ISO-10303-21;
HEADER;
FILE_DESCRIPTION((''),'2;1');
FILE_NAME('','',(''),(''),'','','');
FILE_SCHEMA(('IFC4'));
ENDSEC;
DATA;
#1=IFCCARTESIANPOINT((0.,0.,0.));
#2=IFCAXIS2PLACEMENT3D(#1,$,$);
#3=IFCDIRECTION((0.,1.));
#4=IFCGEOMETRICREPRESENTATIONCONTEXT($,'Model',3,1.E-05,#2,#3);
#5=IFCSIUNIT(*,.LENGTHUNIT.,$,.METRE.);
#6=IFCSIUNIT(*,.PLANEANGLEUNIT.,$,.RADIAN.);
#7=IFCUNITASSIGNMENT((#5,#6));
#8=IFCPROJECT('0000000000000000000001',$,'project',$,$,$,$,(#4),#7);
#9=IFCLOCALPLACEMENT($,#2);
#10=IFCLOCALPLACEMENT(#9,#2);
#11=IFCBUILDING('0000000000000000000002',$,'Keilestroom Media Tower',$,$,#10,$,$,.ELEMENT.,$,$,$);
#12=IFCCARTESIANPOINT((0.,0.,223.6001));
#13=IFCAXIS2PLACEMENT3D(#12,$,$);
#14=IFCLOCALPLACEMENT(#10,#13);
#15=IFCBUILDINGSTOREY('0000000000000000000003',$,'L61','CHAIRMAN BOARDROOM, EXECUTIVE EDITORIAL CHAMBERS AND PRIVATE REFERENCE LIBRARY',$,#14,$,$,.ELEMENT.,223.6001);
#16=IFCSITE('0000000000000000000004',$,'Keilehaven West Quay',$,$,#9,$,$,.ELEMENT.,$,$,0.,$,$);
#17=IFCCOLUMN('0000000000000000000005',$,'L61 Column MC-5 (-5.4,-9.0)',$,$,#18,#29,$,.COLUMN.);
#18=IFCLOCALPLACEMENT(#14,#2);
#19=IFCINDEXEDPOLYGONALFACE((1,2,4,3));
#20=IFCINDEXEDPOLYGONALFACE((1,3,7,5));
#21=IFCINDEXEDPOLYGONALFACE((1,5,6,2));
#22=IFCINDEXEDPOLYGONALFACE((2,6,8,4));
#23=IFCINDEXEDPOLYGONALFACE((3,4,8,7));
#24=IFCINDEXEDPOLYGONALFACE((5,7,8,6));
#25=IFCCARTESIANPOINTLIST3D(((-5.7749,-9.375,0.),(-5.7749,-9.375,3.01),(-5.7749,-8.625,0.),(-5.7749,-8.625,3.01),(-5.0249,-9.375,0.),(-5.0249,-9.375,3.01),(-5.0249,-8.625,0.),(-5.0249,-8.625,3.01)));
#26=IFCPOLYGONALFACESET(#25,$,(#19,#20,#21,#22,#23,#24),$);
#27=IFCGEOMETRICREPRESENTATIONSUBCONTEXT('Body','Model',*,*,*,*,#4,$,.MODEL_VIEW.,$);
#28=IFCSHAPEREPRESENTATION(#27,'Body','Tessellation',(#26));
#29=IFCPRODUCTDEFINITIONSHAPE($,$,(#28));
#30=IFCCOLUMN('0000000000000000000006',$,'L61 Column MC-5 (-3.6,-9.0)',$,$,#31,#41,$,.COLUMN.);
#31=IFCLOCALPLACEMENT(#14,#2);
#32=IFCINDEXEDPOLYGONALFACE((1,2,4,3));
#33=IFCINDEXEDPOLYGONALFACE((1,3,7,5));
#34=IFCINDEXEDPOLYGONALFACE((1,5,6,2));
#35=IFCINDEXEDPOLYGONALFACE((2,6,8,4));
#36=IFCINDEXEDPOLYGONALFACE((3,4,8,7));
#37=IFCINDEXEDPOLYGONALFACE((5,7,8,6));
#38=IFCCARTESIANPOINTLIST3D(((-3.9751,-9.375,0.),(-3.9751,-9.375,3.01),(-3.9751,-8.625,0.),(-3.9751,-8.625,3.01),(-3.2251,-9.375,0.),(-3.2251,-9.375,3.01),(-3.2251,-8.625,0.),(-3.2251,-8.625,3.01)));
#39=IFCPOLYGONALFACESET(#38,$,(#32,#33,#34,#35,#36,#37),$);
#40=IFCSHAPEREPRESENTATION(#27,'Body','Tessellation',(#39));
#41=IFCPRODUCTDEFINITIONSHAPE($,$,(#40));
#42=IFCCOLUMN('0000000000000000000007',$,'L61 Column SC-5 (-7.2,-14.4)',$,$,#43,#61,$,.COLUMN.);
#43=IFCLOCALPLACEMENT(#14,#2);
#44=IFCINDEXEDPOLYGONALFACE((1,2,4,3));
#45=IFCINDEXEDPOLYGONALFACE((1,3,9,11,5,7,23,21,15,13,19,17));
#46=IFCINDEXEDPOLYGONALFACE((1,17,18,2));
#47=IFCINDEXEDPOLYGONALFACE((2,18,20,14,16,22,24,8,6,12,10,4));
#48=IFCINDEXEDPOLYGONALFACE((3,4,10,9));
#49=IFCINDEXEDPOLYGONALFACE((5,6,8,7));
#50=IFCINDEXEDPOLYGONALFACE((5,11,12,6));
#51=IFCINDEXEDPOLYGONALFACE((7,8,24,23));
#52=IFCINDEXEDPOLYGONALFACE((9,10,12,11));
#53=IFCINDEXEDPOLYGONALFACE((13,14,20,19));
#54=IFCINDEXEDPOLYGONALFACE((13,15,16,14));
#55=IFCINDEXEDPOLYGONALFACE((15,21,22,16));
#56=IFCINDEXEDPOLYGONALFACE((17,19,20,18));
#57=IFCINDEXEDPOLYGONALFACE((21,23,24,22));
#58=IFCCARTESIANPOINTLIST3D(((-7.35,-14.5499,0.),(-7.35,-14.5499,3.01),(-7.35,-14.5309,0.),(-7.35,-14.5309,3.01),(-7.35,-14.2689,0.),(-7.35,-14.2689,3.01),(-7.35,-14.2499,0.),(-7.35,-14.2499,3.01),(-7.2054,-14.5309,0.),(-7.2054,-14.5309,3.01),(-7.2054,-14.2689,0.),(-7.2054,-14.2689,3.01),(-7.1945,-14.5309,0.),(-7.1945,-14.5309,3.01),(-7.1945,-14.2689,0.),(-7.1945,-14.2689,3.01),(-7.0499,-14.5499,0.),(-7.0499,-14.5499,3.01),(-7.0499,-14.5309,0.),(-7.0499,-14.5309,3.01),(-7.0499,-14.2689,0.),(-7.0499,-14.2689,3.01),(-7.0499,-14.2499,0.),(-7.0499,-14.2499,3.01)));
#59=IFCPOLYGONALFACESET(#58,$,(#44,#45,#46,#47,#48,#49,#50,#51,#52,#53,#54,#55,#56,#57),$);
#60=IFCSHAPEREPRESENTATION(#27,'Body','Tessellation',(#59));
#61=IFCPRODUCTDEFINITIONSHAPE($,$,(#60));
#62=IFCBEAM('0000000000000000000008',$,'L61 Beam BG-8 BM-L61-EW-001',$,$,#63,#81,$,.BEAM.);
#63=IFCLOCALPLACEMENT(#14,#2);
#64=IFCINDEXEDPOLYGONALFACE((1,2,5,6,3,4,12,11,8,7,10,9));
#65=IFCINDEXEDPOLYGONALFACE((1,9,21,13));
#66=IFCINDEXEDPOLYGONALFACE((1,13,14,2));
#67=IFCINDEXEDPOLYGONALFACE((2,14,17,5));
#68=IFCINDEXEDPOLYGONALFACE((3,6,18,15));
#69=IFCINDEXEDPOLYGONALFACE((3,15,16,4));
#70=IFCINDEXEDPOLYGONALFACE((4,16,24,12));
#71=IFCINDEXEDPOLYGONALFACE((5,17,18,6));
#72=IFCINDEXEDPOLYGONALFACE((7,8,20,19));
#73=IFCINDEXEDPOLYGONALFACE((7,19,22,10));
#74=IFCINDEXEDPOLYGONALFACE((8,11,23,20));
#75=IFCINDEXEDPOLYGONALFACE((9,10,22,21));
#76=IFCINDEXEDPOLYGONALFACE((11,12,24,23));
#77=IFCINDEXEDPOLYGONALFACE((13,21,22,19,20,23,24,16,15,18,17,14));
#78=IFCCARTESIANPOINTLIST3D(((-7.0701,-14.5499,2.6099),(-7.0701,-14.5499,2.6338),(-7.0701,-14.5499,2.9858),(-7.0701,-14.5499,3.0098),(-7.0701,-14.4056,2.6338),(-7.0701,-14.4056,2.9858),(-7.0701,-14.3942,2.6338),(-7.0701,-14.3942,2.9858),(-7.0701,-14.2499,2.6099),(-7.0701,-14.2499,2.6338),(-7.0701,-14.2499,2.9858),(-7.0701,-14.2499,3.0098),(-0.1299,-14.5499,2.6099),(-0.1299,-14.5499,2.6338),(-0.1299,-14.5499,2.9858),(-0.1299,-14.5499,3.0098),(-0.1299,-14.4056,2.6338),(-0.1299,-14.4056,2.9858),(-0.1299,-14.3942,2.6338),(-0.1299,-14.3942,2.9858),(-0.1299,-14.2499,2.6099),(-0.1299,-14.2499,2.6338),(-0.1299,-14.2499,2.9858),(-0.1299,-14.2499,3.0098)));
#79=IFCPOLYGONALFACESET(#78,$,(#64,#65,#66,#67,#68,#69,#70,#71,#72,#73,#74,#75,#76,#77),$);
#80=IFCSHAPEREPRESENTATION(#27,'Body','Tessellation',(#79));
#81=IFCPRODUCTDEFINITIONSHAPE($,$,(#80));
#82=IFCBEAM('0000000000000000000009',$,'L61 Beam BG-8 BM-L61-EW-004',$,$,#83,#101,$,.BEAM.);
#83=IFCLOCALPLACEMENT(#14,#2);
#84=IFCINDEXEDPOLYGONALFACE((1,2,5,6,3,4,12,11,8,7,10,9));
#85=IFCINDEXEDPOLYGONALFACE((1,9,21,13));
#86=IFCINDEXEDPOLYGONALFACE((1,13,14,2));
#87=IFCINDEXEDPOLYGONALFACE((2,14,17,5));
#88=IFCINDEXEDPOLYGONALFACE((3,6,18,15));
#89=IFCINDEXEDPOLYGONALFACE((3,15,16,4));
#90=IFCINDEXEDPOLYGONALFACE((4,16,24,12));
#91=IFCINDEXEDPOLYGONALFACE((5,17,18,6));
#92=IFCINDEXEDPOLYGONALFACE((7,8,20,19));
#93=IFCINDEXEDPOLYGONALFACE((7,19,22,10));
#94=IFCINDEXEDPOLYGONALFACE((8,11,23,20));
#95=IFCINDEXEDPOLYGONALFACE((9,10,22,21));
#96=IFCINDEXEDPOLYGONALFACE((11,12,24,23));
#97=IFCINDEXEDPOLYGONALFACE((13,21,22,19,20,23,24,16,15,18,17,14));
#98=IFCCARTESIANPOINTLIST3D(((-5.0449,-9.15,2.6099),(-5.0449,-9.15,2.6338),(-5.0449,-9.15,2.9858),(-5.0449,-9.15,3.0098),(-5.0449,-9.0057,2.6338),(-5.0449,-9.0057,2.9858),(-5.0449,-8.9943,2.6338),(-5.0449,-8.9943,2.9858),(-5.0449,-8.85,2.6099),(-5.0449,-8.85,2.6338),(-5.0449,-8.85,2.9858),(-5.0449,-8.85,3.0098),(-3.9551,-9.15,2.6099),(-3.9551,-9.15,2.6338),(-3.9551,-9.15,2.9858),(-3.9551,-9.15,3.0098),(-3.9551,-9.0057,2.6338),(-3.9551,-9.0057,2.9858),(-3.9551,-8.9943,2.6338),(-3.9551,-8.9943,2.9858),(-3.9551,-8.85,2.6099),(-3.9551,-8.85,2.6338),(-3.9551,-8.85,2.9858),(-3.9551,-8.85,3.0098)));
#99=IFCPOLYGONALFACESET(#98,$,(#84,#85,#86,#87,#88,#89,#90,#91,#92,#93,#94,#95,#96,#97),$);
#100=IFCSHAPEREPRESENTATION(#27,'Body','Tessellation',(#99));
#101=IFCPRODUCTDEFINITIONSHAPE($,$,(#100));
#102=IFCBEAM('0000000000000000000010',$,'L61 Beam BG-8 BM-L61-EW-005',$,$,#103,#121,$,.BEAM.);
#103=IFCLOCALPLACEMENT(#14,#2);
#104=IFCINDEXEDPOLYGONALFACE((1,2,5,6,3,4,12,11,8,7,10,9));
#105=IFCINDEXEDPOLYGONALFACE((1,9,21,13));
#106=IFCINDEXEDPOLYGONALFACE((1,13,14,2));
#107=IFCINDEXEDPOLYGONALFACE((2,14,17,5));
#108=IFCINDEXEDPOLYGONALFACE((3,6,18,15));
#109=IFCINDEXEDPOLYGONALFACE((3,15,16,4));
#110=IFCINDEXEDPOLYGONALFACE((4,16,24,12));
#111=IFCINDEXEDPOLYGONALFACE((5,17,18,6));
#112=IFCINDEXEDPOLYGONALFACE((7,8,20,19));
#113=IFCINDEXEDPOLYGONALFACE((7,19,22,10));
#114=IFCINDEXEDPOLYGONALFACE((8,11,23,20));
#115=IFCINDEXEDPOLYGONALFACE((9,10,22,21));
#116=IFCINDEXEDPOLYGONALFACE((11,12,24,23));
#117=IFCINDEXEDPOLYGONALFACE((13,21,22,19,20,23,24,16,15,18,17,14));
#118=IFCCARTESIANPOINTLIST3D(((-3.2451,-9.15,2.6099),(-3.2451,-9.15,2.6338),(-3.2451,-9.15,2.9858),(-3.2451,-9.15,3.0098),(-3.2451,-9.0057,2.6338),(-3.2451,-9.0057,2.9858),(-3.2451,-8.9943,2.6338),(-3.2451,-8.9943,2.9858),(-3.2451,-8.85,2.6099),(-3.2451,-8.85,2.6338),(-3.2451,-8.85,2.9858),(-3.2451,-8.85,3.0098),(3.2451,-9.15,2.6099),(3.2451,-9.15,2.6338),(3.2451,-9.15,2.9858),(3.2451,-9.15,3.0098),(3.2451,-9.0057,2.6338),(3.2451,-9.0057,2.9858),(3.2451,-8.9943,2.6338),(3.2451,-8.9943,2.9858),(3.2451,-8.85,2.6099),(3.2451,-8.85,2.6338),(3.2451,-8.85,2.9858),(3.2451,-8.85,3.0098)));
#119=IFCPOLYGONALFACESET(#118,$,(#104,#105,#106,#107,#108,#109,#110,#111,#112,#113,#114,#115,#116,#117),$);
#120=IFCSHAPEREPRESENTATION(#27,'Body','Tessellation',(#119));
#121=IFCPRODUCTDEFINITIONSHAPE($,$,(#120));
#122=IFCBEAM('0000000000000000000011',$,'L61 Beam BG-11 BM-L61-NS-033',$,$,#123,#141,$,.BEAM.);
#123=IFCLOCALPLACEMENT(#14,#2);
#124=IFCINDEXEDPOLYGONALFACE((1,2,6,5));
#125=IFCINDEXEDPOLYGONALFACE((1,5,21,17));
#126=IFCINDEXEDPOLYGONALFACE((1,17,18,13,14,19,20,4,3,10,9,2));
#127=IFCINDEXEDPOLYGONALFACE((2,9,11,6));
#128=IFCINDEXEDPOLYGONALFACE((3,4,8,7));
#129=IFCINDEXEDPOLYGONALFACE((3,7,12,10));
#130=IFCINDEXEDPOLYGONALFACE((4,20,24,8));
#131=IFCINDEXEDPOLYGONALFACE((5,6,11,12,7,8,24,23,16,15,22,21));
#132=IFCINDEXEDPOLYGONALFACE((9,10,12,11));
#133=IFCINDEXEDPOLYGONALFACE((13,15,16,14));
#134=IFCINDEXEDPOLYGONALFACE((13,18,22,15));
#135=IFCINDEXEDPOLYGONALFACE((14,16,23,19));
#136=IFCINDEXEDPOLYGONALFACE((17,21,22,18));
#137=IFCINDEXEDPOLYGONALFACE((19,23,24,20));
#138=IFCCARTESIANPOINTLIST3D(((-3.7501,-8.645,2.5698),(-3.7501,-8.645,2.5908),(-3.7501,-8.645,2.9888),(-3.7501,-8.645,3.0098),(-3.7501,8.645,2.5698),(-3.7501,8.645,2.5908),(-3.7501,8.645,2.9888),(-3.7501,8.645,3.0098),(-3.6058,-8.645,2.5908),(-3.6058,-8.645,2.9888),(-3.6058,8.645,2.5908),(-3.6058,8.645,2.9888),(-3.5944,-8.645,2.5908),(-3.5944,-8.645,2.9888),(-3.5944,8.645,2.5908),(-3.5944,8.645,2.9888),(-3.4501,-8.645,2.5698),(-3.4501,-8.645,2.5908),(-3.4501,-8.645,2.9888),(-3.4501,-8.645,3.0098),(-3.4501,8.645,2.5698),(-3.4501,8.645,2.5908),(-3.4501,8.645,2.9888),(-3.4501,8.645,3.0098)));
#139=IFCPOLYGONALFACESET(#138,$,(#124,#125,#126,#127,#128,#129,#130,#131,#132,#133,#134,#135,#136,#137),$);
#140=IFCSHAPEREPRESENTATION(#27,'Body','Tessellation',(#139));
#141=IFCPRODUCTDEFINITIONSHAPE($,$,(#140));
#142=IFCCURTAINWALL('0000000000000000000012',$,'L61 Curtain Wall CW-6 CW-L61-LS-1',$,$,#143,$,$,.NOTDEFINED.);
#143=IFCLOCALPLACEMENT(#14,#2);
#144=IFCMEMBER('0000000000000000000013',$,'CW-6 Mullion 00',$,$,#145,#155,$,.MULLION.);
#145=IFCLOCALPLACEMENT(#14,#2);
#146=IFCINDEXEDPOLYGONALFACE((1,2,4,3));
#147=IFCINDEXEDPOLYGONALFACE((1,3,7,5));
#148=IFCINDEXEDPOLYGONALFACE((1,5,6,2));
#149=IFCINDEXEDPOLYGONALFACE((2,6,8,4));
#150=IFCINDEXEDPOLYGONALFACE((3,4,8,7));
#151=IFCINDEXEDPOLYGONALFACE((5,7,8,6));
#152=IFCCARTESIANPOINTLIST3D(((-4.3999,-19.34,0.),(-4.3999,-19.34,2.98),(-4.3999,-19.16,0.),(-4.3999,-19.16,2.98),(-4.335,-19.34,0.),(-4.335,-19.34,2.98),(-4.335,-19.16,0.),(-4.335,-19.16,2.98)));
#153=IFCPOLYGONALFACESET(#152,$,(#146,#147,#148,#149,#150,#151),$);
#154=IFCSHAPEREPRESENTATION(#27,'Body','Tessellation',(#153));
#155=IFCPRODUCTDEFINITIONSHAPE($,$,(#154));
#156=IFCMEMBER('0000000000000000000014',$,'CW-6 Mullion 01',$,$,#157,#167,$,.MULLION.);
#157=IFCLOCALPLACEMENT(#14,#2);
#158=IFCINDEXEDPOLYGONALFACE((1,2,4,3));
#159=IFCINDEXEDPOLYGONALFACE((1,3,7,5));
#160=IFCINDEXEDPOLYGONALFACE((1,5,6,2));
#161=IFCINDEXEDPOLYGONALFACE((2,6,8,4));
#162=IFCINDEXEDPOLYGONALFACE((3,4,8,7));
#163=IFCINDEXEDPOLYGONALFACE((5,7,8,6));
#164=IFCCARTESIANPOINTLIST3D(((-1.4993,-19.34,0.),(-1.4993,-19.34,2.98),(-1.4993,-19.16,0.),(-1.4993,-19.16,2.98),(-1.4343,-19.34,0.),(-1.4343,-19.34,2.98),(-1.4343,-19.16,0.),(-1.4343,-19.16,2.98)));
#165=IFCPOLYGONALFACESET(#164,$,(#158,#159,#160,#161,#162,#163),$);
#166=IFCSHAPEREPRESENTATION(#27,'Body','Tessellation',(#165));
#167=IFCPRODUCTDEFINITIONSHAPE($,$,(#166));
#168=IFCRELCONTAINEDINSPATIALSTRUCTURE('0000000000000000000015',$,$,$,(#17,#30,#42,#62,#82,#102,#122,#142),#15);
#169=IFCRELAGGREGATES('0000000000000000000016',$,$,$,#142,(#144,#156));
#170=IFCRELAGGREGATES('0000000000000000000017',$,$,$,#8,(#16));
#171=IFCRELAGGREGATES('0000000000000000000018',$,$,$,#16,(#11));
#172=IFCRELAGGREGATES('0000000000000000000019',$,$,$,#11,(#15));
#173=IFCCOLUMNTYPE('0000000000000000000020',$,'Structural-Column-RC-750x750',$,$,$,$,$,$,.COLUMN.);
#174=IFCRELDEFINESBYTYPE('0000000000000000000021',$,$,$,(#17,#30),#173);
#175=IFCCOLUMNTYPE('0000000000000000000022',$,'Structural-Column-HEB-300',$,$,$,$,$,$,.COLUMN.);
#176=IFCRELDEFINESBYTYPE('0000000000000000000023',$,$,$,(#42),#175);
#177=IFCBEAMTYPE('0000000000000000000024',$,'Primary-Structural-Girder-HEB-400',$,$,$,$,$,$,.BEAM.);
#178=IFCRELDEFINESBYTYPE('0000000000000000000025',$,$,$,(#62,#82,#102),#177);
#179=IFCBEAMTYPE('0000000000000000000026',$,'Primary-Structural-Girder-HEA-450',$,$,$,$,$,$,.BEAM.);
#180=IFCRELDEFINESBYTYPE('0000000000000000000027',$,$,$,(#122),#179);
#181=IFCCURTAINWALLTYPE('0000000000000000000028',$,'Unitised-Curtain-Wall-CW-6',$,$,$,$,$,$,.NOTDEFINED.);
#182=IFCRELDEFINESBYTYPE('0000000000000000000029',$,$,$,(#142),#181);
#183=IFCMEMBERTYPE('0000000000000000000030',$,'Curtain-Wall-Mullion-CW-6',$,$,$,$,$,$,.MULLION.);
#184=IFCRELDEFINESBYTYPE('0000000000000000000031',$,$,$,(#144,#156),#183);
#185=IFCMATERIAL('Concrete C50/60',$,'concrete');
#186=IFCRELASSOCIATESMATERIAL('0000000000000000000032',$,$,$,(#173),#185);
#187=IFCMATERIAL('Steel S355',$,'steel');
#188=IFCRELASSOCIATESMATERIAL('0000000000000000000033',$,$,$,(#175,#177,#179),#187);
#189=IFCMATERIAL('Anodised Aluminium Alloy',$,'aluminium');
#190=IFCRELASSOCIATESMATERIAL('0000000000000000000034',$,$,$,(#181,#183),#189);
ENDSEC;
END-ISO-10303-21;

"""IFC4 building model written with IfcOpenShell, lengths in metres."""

from ifc_helpers import new_model, si_unit, direction, frame, origin, origin_2d, place, context, subcontext, project, spatial, rectangle, i_section, extrude, source, transform, mapped, material, material_profile, profile_set, type_object, element, aggregate, save


model = new_model("IFC4")

# Units and contexts
model_context = context("Model", 3, precision=1e-05, world=origin(), true_north=direction((0.0, 1.0)))
body_context = subcontext(model_context, "Body", "Model", "MODEL_VIEW")
ifc_project = project(units=[si_unit("LENGTHUNIT", "METRE"), si_unit("PLANEANGLEUNIT", "RADIAN")], contexts=[model_context])

# Site, building, storey
site_placement = place(None, origin())
site = spatial("IfcSite", under=ifc_project, at=site_placement, Name="Keilehaven West Quay", CompositionType="ELEMENT", RefElevation=0.0)
building_placement = place(site_placement, origin())
building = spatial("IfcBuilding", under=site, at=building_placement, Name="Keilestroom Media Tower", CompositionType="ELEMENT")
storey_placement = place(building_placement, frame((0.0, 0.0, 223.6001)))
storey = spatial("IfcBuildingStorey", under=building, at=storey_placement, Name="L61", Description="CHAIRMAN BOARDROOM, EXECUTIVE EDITORIAL CHAMBERS AND PRIVATE REFERENCE LIBRARY", CompositionType="ELEMENT", Elevation=223.6001)

# Columns
ifc_material_1 = material(Name="Concrete C50/60", Category="concrete")
ifc_material_profile_1 = material_profile(ifc_material_1, rectangle(XDim=0.75, YDim=0.75, at=origin_2d()), Name="RC 750x750")
ifc_profile_set_1 = profile_set([ifc_material_profile_1], Name="Concrete C50/60")
column_type_1 = type_object("IfcColumnType", Name="Structural-Column-RC-750x750", PredefinedType="COLUMN", material=ifc_profile_set_1)
shared_shape_1 = source(origin(), body_context, "Body", "SweptSolid", [
    extrude(rectangle(XDim=0.75, YDim=0.75, at=origin_2d()), origin(), (0.0, 0.0, 1.0), 3.01),
])
for number, where, z_axis, x_axis, name in (
    (1, (-5.3999, -9.0, 0.0), (0.0, 0.0, 1.0), (1.0, 0.0, 0.0), "L61 Column MC-5 (-5.4,-9.0)"),
    (2, (-3.6001, -9.0, 0.0), (0.0, 0.0, 1.0), (1.0, 0.0, 0.0), "L61 Column MC-5 (-3.6,-9.0)"),
):
    element("IfcColumn", number, at=place(storey_placement, frame(where, z_axis=z_axis, x_axis=x_axis)), inside=storey, type_object=column_type_1, Name=name, PredefinedType="COLUMN", context=body_context, shape_type="MappedRepresentation", body=[
        mapped(shared_shape_1, transform((0.0, 0.0, 0.0), x_axis=(1.0, 0.0, 0.0), y_axis=(0.0, 1.0, 0.0), z_axis=(0.0, 0.0, 1.0), scale=1.0)),
    ])
ifc_material_2 = material(Name="Steel S355", Category="steel")
ifc_material_profile_2 = material_profile(ifc_material_2, i_section(OverallWidth=0.3, OverallDepth=0.3, WebThickness=0.011, FlangeThickness=0.019, at=origin_2d()), Name="HEB 300")
ifc_profile_set_2 = profile_set([ifc_material_profile_2], Name="Steel S355")
column_type_2 = type_object("IfcColumnType", Name="Structural-Column-HEB-300", PredefinedType="COLUMN", material=ifc_profile_set_2)
shared_shape_2 = source(origin(), body_context, "Body", "SweptSolid", [
    extrude(i_section(OverallWidth=0.3, OverallDepth=0.3, WebThickness=0.011, FlangeThickness=0.019, at=origin_2d()), origin(), (0.0, 0.0, 1.0), 3.01),
])
column_placement = place(storey_placement, frame((-7.2, -14.3999, 0.0), z_axis=(0.0, 0.0, 1.0), x_axis=(1.0, 0.0, 0.0)))
element("IfcColumn", 3, at=column_placement, inside=storey, type_object=column_type_2, Name="L61 Column SC-5 (-7.2,-14.4)", PredefinedType="COLUMN", context=body_context, shape_type="MappedRepresentation", body=[
    mapped(shared_shape_2, transform((0.0, 0.0, 0.0), x_axis=(1.0, 0.0, 0.0), y_axis=(0.0, 1.0, 0.0), z_axis=(0.0, 0.0, 1.0), scale=1.0)),
])

# Beams
ifc_material_profile_3 = material_profile(ifc_material_2, i_section(OverallWidth=0.3, OverallDepth=0.3999, WebThickness=0.0115, FlangeThickness=0.0239, at=origin_2d()), Name="HEB 400")
ifc_profile_set_3 = profile_set([ifc_material_profile_3], Name="Steel S355")
beam_type_1 = type_object("IfcBeamType", Name="Primary-Structural-Girder-HEB-400", PredefinedType="BEAM", material=ifc_profile_set_3)
shared_shape_3 = source(origin(), body_context, "Body", "SweptSolid", [
    extrude(i_section(OverallWidth=0.3, OverallDepth=0.3999, WebThickness=0.0115, FlangeThickness=0.0239, at=origin_2d()), origin(), (0.0, 0.0, 1.0), 6.9402),
])
beam_1_placement = place(storey_placement, frame((-7.0701, -14.3999, 2.8098), z_axis=(1.0, 0.0, 0.0), x_axis=(0.0, 1.0, 0.0)))
element("IfcBeam", 4, at=beam_1_placement, inside=storey, type_object=beam_type_1, Name="L61 Beam BG-8 BM-L61-EW-001", PredefinedType="BEAM", context=body_context, shape_type="MappedRepresentation", body=[
    mapped(shared_shape_3, transform((0.0, 0.0, 0.0), x_axis=(1.0, 0.0, 0.0), y_axis=(0.0, 1.0, 0.0), z_axis=(0.0, 0.0, 1.0), scale=1.0)),
])
shared_shape_4 = source(origin(), body_context, "Body", "SweptSolid", [
    extrude(i_section(OverallWidth=0.3, OverallDepth=0.3999, WebThickness=0.0115, FlangeThickness=0.0239, at=origin_2d()), origin(), (0.0, 0.0, 1.0), 1.0898),
])
beam_2_placement = place(storey_placement, frame((-5.0449, -9.0, 2.8098), z_axis=(1.0, 0.0, 0.0), x_axis=(0.0, 1.0, 0.0)))
element("IfcBeam", 5, at=beam_2_placement, inside=storey, type_object=beam_type_1, Name="L61 Beam BG-8 BM-L61-EW-004", PredefinedType="BEAM", context=body_context, shape_type="MappedRepresentation", body=[
    mapped(shared_shape_4, transform((0.0, 0.0, 0.0), x_axis=(1.0, 0.0, 0.0), y_axis=(0.0, 1.0, 0.0), z_axis=(0.0, 0.0, 1.0), scale=1.0)),
])
shared_shape_5 = source(origin(), body_context, "Body", "SweptSolid", [
    extrude(i_section(OverallWidth=0.3, OverallDepth=0.3999, WebThickness=0.0115, FlangeThickness=0.0239, at=origin_2d()), origin(), (0.0, 0.0, 1.0), 6.4902),
])
beam_3_placement = place(storey_placement, frame((-3.2451, -9.0, 2.8098), z_axis=(1.0, 0.0, 0.0), x_axis=(0.0, 1.0, 0.0)))
element("IfcBeam", 6, at=beam_3_placement, inside=storey, type_object=beam_type_1, Name="L61 Beam BG-8 BM-L61-EW-005", PredefinedType="BEAM", context=body_context, shape_type="MappedRepresentation", body=[
    mapped(shared_shape_5, transform((0.0, 0.0, 0.0), x_axis=(1.0, 0.0, 0.0), y_axis=(0.0, 1.0, 0.0), z_axis=(0.0, 0.0, 1.0), scale=1.0)),
])
ifc_material_profile_4 = material_profile(ifc_material_2, i_section(OverallWidth=0.3, OverallDepth=0.4399, WebThickness=0.0115, FlangeThickness=0.021, at=origin_2d()), Name="HEA 450")
ifc_profile_set_4 = profile_set([ifc_material_profile_4], Name="Steel S355")
beam_type_2 = type_object("IfcBeamType", Name="Primary-Structural-Girder-HEA-450", PredefinedType="BEAM", material=ifc_profile_set_4)
shared_shape_6 = source(origin(), body_context, "Body", "SweptSolid", [
    extrude(i_section(OverallWidth=0.3, OverallDepth=0.4399, WebThickness=0.0115, FlangeThickness=0.021, at=origin_2d()), origin(), (0.0, 0.0, 1.0), 17.29),
])
beam_4_placement = place(storey_placement, frame((-3.6001, -8.645, 2.7898), z_axis=(0.0, 1.0, 0.0), x_axis=(-1.0, 0.0, 0.0)))
element("IfcBeam", 7, at=beam_4_placement, inside=storey, type_object=beam_type_2, Name="L61 Beam BG-11 BM-L61-NS-033", PredefinedType="BEAM", context=body_context, shape_type="MappedRepresentation", body=[
    mapped(shared_shape_6, transform((0.0, 0.0, 0.0), x_axis=(1.0, 0.0, 0.0), y_axis=(0.0, 1.0, 0.0), z_axis=(0.0, 0.0, 1.0), scale=1.0)),
])

# Curtain wall, members
ifc_material_3 = material(Name="Anodised Aluminium Alloy", Category="aluminium")
curtain_wall_type = type_object("IfcCurtainWallType", Name="Unitised-Curtain-Wall-CW-6", PredefinedType="NOTDEFINED", material=ifc_material_3)
curtain_wall_placement = place(storey_placement, origin())
curtain_wall = element("IfcCurtainWall", 8, at=curtain_wall_placement, inside=storey, type_object=curtain_wall_type, Name="L61 Curtain Wall CW-6 CW-L61-LS-1", PredefinedType="NOTDEFINED")
ifc_material_profile_5 = material_profile(ifc_material_3, rectangle(XDim=0.0649, YDim=0.1799, at=origin_2d()), Name="ALU MULLION 65x180")
ifc_profile_set_5 = profile_set([ifc_material_profile_5], Name="Anodised Aluminium Alloy")
member_type_1 = type_object("IfcMemberType", Name="Curtain-Wall-Mullion-CW-6", PredefinedType="MULLION", material=ifc_profile_set_5)
shared_shape_7 = source(origin(), body_context, "Body", "SweptSolid", [
    extrude(rectangle(XDim=0.0649, YDim=0.1799, at=origin_2d()), origin(), (0.0, 0.0, 1.0), 2.98),
])
member_1_placement = place(storey_placement, frame((-4.3674, -19.25, 0.0), z_axis=(0.0, 0.0, 1.0), x_axis=(1.0, 0.0, 0.0)))
member_1 = element("IfcMember", 9, at=member_1_placement, type_object=member_type_1, Name="CW-6 Mullion 00", PredefinedType="MULLION", context=body_context, shape_type="MappedRepresentation", body=[
    mapped(shared_shape_7, transform((0.0, 0.0, 0.0), x_axis=(1.0, 0.0, 0.0), y_axis=(0.0, 1.0, 0.0), z_axis=(0.0, 0.0, 1.0), scale=1.0)),
])
member_2_placement = place(storey_placement, frame((-1.4668, -19.25, 0.0), z_axis=(0.0, 0.0, 1.0), x_axis=(1.0, 0.0, 0.0)))
member_2 = element("IfcMember", 10, at=member_2_placement, type_object=member_type_1, Name="CW-6 Mullion 01", PredefinedType="MULLION", context=body_context, shape_type="MappedRepresentation", body=[
    mapped(shared_shape_7, transform((0.0, 0.0, 0.0), x_axis=(1.0, 0.0, 0.0), y_axis=(0.0, 1.0, 0.0), z_axis=(0.0, 0.0, 1.0), scale=1.0)),
])
aggregate(curtain_wall, [member_1, member_2])

save(model, "model.ifc")
